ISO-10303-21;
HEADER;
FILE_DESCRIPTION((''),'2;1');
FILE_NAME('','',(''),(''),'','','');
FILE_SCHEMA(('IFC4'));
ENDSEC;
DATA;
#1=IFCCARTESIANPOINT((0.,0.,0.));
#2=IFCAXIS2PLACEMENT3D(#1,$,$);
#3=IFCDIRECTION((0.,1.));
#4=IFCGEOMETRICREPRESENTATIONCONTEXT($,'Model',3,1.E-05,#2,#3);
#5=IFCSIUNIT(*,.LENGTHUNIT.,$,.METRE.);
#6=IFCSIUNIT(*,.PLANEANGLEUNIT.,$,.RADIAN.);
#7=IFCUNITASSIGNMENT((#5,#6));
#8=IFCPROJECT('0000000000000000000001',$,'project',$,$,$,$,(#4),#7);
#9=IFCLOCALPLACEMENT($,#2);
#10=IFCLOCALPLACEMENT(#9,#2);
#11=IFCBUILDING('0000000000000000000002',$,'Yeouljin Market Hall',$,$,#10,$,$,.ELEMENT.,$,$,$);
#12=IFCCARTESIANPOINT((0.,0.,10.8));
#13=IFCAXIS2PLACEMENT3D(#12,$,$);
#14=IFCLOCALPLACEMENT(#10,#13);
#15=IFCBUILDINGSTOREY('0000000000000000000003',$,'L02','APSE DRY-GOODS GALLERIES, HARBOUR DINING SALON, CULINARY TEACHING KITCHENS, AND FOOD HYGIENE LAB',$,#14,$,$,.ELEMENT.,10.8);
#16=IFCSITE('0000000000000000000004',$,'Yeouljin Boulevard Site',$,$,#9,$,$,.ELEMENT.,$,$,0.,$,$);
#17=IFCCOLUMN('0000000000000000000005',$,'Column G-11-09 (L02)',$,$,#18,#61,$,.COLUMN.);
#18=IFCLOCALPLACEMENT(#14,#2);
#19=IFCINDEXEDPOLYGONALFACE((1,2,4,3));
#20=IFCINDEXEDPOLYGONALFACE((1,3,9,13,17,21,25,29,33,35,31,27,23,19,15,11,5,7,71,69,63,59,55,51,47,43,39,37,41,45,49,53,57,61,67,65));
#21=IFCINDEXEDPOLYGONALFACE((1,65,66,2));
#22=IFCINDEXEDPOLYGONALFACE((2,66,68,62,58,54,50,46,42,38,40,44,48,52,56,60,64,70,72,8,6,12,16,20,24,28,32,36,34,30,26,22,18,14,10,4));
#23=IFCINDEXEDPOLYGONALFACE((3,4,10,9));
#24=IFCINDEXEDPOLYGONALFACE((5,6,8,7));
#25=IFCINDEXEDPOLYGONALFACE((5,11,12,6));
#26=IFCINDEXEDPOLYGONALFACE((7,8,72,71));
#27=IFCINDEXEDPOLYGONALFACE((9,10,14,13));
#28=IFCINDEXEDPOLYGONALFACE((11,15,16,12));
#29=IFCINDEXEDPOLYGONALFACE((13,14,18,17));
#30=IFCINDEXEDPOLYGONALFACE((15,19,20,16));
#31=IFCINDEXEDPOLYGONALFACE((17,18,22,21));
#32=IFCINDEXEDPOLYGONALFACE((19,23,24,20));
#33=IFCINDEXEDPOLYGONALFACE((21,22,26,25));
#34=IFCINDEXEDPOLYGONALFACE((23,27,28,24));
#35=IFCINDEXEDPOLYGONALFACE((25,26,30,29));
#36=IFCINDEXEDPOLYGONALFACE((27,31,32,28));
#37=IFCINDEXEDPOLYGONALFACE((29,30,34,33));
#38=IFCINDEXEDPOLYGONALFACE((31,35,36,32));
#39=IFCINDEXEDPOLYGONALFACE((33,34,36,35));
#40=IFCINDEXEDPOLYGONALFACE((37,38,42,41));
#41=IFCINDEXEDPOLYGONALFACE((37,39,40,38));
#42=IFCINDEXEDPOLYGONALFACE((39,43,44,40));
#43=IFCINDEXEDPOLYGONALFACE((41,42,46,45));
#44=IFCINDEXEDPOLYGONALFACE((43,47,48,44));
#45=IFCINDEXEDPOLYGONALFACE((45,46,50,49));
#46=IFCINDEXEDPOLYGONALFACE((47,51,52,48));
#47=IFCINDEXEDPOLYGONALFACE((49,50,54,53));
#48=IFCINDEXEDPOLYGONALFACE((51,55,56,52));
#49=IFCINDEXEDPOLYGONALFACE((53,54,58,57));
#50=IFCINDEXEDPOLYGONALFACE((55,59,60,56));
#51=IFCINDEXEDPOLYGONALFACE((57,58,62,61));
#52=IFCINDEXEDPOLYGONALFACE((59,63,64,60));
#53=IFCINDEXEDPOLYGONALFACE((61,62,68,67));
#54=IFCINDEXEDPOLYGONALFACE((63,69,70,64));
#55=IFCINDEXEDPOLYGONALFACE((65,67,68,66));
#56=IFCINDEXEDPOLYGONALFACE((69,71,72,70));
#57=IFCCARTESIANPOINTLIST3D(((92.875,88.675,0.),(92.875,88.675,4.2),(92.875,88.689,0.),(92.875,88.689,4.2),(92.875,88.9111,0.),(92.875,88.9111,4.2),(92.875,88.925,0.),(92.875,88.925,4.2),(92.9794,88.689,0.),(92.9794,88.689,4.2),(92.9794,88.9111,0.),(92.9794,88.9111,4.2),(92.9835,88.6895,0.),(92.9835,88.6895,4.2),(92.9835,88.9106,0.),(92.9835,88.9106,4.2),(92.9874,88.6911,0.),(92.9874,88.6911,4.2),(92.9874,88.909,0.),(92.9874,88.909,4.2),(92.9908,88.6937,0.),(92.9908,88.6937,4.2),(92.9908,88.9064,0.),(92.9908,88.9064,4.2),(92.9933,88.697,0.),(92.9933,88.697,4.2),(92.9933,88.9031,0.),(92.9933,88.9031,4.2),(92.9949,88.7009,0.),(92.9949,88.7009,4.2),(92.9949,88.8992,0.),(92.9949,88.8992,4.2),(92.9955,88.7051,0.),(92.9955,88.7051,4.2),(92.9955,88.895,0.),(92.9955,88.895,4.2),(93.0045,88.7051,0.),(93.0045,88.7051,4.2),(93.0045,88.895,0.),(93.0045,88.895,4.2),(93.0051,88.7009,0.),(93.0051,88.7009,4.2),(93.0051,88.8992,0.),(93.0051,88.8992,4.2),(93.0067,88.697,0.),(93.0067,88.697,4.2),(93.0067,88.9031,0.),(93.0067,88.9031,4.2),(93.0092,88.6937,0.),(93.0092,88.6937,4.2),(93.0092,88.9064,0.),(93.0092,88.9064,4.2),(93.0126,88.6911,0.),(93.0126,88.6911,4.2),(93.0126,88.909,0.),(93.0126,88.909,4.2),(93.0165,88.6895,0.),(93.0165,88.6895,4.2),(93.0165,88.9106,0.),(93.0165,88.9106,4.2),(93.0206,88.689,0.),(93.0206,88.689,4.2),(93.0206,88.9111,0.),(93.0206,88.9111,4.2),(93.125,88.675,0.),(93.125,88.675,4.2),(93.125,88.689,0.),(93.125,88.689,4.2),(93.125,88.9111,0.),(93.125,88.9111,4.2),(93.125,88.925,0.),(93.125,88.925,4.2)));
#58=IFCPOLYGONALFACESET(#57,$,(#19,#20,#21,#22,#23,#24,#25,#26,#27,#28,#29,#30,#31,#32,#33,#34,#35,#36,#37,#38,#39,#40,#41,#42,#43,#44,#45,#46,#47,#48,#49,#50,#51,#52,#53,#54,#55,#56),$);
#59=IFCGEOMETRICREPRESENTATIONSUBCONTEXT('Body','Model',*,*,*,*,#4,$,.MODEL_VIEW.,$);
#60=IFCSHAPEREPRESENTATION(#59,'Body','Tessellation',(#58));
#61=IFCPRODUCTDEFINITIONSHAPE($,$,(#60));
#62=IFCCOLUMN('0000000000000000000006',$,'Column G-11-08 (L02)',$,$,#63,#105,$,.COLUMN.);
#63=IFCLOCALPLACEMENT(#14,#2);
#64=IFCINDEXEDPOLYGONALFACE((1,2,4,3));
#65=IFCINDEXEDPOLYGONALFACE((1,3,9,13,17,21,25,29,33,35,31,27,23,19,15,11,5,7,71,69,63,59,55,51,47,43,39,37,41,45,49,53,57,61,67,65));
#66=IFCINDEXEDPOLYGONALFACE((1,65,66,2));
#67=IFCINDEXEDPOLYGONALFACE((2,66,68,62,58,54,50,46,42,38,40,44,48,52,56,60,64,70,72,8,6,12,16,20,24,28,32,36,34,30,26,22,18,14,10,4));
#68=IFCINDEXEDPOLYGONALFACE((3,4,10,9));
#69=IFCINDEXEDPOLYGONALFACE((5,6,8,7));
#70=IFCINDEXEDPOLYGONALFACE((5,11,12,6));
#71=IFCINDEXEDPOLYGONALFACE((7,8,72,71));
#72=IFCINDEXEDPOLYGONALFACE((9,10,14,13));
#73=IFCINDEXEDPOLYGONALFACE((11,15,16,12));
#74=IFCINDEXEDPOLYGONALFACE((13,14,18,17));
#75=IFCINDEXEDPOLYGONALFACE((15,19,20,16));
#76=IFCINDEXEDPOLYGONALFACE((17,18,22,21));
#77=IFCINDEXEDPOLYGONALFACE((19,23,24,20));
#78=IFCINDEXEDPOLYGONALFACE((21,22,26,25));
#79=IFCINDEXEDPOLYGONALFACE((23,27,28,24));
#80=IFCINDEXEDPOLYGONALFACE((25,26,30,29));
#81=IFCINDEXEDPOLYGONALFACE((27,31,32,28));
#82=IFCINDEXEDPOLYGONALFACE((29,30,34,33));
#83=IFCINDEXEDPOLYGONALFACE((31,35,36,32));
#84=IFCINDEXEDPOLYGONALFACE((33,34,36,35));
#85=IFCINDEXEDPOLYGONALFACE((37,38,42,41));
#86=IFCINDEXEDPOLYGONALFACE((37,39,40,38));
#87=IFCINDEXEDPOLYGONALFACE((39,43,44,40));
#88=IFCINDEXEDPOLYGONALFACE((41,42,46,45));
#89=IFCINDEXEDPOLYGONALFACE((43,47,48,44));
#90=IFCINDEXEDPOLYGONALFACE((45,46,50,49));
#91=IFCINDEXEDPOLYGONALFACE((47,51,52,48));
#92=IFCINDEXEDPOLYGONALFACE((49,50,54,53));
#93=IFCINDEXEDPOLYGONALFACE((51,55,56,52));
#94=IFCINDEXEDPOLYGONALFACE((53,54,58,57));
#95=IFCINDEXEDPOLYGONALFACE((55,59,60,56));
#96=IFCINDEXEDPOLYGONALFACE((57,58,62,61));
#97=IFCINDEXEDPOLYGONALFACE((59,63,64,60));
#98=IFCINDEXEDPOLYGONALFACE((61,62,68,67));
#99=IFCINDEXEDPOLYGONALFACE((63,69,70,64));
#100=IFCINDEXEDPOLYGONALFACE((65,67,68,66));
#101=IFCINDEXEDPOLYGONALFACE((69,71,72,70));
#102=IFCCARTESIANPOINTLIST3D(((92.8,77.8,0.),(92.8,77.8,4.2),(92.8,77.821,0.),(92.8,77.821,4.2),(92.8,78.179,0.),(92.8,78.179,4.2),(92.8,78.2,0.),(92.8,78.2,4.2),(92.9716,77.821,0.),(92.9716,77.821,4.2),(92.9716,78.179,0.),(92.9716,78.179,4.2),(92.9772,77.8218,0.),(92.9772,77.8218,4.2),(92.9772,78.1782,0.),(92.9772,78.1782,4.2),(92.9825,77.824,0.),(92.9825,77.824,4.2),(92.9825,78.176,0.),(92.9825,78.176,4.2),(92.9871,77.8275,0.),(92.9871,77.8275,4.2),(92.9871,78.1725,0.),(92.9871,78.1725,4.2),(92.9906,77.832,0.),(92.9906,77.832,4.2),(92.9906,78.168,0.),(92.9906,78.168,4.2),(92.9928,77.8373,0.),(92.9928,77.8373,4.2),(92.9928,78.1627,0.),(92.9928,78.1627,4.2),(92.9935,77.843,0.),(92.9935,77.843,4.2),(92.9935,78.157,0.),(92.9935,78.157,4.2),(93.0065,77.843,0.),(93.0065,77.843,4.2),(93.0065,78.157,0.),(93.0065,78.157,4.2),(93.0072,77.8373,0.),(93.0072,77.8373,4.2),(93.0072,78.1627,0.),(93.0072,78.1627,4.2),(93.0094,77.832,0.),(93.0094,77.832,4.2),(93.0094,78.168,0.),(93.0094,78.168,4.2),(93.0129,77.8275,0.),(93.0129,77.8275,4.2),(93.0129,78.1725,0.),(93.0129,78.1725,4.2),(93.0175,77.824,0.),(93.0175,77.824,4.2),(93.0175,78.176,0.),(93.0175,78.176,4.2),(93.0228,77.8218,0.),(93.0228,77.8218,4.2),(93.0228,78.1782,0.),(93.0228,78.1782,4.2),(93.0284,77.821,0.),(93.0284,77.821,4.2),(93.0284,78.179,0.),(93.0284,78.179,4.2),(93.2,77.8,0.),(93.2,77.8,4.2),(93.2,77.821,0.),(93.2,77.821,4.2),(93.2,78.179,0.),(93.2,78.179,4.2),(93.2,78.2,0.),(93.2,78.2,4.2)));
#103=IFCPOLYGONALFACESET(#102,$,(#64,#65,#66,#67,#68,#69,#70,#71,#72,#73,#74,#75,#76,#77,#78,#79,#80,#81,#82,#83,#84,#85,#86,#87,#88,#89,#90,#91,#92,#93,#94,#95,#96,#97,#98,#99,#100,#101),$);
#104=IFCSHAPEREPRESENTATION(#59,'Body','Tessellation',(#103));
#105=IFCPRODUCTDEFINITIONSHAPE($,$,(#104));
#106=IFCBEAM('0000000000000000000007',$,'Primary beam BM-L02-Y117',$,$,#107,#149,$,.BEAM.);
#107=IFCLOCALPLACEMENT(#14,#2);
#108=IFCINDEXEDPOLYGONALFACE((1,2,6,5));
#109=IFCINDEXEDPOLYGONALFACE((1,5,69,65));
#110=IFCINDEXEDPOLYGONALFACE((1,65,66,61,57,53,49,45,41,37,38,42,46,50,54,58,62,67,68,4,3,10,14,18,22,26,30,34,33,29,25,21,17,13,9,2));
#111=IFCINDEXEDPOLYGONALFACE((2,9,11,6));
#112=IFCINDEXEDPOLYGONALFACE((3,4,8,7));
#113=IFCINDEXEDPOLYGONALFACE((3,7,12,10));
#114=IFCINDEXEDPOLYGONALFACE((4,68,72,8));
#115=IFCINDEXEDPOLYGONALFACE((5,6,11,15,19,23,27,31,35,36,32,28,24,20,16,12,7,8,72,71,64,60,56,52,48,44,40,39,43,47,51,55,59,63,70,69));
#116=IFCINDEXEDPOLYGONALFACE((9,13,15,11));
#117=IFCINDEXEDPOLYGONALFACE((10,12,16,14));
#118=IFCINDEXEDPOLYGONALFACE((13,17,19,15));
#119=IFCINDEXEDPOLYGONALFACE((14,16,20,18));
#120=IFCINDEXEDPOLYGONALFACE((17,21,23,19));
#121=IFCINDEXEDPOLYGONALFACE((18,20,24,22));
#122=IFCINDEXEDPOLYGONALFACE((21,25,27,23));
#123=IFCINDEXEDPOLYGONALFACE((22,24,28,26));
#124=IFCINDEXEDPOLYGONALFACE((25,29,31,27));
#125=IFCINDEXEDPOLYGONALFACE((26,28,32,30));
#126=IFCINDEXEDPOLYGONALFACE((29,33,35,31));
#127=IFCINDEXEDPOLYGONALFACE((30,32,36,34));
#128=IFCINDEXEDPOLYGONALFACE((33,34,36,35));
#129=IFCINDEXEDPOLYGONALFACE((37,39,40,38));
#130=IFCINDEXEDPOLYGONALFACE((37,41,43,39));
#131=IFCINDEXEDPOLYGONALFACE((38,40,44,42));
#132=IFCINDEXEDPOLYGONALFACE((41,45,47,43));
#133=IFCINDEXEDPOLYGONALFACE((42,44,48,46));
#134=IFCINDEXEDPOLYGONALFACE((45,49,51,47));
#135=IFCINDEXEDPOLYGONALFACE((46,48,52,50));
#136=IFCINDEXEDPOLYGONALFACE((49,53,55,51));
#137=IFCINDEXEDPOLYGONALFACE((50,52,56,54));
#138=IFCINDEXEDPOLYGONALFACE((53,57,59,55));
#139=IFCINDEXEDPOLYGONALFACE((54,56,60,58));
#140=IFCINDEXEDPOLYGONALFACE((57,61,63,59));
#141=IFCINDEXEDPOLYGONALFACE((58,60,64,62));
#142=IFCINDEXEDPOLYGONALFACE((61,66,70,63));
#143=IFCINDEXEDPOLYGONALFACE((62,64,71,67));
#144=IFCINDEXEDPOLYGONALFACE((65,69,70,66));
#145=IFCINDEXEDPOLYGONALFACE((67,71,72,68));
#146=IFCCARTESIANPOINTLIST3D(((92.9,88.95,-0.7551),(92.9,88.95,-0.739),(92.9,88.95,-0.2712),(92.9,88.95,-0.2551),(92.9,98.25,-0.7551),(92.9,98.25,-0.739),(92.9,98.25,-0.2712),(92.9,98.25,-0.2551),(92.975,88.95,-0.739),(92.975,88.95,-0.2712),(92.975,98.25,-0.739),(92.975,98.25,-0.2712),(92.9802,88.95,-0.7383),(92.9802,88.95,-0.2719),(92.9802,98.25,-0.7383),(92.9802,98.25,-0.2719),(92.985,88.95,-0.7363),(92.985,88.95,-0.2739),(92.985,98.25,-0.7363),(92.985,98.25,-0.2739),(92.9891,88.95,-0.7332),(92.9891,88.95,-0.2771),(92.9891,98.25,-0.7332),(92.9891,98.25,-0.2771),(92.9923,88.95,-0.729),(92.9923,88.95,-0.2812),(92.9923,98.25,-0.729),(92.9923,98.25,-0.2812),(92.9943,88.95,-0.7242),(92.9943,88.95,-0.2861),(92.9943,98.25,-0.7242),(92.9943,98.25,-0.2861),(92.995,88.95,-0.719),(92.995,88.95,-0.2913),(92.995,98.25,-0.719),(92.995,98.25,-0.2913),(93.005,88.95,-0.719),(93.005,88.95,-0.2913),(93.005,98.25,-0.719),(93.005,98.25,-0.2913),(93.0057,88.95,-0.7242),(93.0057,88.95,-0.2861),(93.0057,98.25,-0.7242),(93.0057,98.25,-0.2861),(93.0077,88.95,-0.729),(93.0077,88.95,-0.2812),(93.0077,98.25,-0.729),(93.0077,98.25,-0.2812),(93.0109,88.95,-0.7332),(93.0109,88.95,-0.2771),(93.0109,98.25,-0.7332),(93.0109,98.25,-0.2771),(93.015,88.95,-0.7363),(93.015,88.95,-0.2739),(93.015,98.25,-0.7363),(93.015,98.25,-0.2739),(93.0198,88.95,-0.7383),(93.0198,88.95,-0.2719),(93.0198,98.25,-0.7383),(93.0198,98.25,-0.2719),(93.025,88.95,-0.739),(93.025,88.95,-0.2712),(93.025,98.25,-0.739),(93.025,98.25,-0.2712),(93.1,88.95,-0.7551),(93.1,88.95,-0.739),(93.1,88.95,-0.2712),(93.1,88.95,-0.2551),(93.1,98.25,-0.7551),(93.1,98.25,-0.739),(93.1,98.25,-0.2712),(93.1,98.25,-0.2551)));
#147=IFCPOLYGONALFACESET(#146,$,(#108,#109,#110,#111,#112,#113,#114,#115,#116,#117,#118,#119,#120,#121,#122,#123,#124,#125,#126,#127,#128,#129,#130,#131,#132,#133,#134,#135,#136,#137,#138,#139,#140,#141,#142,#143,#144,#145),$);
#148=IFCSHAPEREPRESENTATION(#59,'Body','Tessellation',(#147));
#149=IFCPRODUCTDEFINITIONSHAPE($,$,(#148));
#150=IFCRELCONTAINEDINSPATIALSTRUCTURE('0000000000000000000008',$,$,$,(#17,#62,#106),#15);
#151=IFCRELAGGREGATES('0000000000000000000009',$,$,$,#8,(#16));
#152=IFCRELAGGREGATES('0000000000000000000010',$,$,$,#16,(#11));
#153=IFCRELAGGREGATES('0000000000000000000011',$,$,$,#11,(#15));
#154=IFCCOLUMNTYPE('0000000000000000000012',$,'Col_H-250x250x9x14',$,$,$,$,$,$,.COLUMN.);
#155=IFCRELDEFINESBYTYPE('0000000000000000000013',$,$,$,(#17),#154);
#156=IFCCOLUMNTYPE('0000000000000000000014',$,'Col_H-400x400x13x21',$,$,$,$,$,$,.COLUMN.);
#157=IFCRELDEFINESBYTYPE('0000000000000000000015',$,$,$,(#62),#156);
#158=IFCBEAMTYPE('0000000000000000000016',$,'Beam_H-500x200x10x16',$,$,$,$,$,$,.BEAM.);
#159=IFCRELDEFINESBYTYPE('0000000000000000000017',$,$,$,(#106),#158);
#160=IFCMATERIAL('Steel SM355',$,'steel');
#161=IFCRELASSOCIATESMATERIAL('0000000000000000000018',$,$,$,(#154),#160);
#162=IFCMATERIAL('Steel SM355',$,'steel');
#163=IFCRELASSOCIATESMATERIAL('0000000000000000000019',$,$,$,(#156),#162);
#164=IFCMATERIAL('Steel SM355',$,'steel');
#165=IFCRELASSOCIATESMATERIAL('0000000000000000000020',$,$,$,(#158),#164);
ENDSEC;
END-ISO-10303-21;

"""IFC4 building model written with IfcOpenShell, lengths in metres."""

from ifc_helpers import new_model, si_unit, direction, frame, origin, origin_2d, place, context, subcontext, project, spatial, i_section, extrude, material, material_profile, profile_set, type_object, element, save


model = new_model("IFC4")

# Units and contexts
model_context = context("Model", 3, precision=1e-05, world=origin(), true_north=direction((0.0, 1.0)))
body_context = subcontext(model_context, "Body", "Model", "MODEL_VIEW")
ifc_project = project(units=[si_unit("LENGTHUNIT", "METRE"), si_unit("PLANEANGLEUNIT", "RADIAN")], contexts=[model_context])

# Site, building, storey
site_placement = place(None, origin())
site = spatial("IfcSite", under=ifc_project, at=site_placement, Name="Yeouljin Boulevard Site", CompositionType="ELEMENT", RefElevation=0.0)
building_placement = place(site_placement, origin())
building = spatial("IfcBuilding", under=site, at=building_placement, Name="Yeouljin Market Hall", CompositionType="ELEMENT")
storey_placement = place(building_placement, frame((0.0, 0.0, 10.8)))
storey = spatial("IfcBuildingStorey", under=building, at=storey_placement, Name="L02", Description="APSE DRY-GOODS GALLERIES, HARBOUR DINING SALON, CULINARY TEACHING KITCHENS, AND FOOD HYGIENE LAB", CompositionType="ELEMENT", Elevation=10.8)

# Columns
ifc_material_1 = material(Name="Steel SM355", Category="steel")
ifc_material_profile_1 = material_profile(ifc_material_1, i_section(OverallWidth=0.25, OverallDepth=0.25, WebThickness=0.009, FlangeThickness=0.0139, FilletRadius=0.0161, at=origin_2d()), Name="H-250x250x9x14")
ifc_profile_set_1 = profile_set([ifc_material_profile_1], Name="Steel SM355")
column_type_1 = type_object("IfcColumnType", Name="Col_H-250x250x9x14", PredefinedType="COLUMN", material=ifc_profile_set_1)
column_1_placement = place(storey_placement, frame((93.0, 88.8, 0.0), z_axis=(0.0, 0.0, 1.0), x_axis=(1.0, 0.0, 0.0)))
element("IfcColumn", 1, at=column_1_placement, inside=storey, type_object=column_type_1, Name="Column G-11-09 (L02)", PredefinedType="COLUMN", context=body_context, shape_type="SweptSolid", body=[
    extrude(i_section(OverallWidth=0.25, OverallDepth=0.25, WebThickness=0.009, FlangeThickness=0.0139, FilletRadius=0.0161, at=origin_2d()), origin(), (0.0, 0.0, 1.0), 4.2),
])
ifc_material_2 = material(Name="Steel SM355", Category="steel")
ifc_material_profile_2 = material_profile(ifc_material_2, i_section(OverallWidth=0.3999, OverallDepth=0.3999, WebThickness=0.0129, FlangeThickness=0.021, FilletRadius=0.022, at=origin_2d()), Name="H-400x400x13x21")
ifc_profile_set_2 = profile_set([ifc_material_profile_2], Name="Steel SM355")
column_type_2 = type_object("IfcColumnType", Name="Col_H-400x400x13x21", PredefinedType="COLUMN", material=ifc_profile_set_2)
column_2_placement = place(storey_placement, frame((93.0, 78.0, 0.0), z_axis=(0.0, 0.0, 1.0), x_axis=(1.0, 0.0, 0.0)))
element("IfcColumn", 2, at=column_2_placement, inside=storey, type_object=column_type_2, Name="Column G-11-08 (L02)", PredefinedType="COLUMN", context=body_context, shape_type="SweptSolid", body=[
    extrude(i_section(OverallWidth=0.3999, OverallDepth=0.3999, WebThickness=0.0129, FlangeThickness=0.021, FilletRadius=0.022, at=origin_2d()), origin(), (0.0, 0.0, 1.0), 4.2),
])

# Beam
ifc_material_3 = material(Name="Steel SM355", Category="steel")
ifc_material_profile_3 = material_profile(ifc_material_3, i_section(OverallWidth=0.2, OverallDepth=0.5, WebThickness=0.01, FlangeThickness=0.0161, FilletRadius=0.02, at=origin_2d()), Name="H-500x200x10x16")
ifc_profile_set_3 = profile_set([ifc_material_profile_3], Name="Steel SM355")
beam_type_1 = type_object("IfcBeamType", Name="Beam_H-500x200x10x16", PredefinedType="BEAM", material=ifc_profile_set_3)
beam_1_placement = place(storey_placement, frame((93.0, 88.95, -0.5051), z_axis=(0.0, 1.0, 0.0), x_axis=(-1.0, 0.0, 0.0)))
element("IfcBeam", 3, at=beam_1_placement, inside=storey, type_object=beam_type_1, Name="Primary beam BM-L02-Y117", PredefinedType="BEAM", context=body_context, shape_type="SweptSolid", body=[
    extrude(i_section(OverallWidth=0.2, OverallDepth=0.5, WebThickness=0.01, FlangeThickness=0.0161, FilletRadius=0.02, at=origin_2d()), origin(), (0.0, 0.0, 1.0), 9.3),
])

save(model, "model.ifc")
